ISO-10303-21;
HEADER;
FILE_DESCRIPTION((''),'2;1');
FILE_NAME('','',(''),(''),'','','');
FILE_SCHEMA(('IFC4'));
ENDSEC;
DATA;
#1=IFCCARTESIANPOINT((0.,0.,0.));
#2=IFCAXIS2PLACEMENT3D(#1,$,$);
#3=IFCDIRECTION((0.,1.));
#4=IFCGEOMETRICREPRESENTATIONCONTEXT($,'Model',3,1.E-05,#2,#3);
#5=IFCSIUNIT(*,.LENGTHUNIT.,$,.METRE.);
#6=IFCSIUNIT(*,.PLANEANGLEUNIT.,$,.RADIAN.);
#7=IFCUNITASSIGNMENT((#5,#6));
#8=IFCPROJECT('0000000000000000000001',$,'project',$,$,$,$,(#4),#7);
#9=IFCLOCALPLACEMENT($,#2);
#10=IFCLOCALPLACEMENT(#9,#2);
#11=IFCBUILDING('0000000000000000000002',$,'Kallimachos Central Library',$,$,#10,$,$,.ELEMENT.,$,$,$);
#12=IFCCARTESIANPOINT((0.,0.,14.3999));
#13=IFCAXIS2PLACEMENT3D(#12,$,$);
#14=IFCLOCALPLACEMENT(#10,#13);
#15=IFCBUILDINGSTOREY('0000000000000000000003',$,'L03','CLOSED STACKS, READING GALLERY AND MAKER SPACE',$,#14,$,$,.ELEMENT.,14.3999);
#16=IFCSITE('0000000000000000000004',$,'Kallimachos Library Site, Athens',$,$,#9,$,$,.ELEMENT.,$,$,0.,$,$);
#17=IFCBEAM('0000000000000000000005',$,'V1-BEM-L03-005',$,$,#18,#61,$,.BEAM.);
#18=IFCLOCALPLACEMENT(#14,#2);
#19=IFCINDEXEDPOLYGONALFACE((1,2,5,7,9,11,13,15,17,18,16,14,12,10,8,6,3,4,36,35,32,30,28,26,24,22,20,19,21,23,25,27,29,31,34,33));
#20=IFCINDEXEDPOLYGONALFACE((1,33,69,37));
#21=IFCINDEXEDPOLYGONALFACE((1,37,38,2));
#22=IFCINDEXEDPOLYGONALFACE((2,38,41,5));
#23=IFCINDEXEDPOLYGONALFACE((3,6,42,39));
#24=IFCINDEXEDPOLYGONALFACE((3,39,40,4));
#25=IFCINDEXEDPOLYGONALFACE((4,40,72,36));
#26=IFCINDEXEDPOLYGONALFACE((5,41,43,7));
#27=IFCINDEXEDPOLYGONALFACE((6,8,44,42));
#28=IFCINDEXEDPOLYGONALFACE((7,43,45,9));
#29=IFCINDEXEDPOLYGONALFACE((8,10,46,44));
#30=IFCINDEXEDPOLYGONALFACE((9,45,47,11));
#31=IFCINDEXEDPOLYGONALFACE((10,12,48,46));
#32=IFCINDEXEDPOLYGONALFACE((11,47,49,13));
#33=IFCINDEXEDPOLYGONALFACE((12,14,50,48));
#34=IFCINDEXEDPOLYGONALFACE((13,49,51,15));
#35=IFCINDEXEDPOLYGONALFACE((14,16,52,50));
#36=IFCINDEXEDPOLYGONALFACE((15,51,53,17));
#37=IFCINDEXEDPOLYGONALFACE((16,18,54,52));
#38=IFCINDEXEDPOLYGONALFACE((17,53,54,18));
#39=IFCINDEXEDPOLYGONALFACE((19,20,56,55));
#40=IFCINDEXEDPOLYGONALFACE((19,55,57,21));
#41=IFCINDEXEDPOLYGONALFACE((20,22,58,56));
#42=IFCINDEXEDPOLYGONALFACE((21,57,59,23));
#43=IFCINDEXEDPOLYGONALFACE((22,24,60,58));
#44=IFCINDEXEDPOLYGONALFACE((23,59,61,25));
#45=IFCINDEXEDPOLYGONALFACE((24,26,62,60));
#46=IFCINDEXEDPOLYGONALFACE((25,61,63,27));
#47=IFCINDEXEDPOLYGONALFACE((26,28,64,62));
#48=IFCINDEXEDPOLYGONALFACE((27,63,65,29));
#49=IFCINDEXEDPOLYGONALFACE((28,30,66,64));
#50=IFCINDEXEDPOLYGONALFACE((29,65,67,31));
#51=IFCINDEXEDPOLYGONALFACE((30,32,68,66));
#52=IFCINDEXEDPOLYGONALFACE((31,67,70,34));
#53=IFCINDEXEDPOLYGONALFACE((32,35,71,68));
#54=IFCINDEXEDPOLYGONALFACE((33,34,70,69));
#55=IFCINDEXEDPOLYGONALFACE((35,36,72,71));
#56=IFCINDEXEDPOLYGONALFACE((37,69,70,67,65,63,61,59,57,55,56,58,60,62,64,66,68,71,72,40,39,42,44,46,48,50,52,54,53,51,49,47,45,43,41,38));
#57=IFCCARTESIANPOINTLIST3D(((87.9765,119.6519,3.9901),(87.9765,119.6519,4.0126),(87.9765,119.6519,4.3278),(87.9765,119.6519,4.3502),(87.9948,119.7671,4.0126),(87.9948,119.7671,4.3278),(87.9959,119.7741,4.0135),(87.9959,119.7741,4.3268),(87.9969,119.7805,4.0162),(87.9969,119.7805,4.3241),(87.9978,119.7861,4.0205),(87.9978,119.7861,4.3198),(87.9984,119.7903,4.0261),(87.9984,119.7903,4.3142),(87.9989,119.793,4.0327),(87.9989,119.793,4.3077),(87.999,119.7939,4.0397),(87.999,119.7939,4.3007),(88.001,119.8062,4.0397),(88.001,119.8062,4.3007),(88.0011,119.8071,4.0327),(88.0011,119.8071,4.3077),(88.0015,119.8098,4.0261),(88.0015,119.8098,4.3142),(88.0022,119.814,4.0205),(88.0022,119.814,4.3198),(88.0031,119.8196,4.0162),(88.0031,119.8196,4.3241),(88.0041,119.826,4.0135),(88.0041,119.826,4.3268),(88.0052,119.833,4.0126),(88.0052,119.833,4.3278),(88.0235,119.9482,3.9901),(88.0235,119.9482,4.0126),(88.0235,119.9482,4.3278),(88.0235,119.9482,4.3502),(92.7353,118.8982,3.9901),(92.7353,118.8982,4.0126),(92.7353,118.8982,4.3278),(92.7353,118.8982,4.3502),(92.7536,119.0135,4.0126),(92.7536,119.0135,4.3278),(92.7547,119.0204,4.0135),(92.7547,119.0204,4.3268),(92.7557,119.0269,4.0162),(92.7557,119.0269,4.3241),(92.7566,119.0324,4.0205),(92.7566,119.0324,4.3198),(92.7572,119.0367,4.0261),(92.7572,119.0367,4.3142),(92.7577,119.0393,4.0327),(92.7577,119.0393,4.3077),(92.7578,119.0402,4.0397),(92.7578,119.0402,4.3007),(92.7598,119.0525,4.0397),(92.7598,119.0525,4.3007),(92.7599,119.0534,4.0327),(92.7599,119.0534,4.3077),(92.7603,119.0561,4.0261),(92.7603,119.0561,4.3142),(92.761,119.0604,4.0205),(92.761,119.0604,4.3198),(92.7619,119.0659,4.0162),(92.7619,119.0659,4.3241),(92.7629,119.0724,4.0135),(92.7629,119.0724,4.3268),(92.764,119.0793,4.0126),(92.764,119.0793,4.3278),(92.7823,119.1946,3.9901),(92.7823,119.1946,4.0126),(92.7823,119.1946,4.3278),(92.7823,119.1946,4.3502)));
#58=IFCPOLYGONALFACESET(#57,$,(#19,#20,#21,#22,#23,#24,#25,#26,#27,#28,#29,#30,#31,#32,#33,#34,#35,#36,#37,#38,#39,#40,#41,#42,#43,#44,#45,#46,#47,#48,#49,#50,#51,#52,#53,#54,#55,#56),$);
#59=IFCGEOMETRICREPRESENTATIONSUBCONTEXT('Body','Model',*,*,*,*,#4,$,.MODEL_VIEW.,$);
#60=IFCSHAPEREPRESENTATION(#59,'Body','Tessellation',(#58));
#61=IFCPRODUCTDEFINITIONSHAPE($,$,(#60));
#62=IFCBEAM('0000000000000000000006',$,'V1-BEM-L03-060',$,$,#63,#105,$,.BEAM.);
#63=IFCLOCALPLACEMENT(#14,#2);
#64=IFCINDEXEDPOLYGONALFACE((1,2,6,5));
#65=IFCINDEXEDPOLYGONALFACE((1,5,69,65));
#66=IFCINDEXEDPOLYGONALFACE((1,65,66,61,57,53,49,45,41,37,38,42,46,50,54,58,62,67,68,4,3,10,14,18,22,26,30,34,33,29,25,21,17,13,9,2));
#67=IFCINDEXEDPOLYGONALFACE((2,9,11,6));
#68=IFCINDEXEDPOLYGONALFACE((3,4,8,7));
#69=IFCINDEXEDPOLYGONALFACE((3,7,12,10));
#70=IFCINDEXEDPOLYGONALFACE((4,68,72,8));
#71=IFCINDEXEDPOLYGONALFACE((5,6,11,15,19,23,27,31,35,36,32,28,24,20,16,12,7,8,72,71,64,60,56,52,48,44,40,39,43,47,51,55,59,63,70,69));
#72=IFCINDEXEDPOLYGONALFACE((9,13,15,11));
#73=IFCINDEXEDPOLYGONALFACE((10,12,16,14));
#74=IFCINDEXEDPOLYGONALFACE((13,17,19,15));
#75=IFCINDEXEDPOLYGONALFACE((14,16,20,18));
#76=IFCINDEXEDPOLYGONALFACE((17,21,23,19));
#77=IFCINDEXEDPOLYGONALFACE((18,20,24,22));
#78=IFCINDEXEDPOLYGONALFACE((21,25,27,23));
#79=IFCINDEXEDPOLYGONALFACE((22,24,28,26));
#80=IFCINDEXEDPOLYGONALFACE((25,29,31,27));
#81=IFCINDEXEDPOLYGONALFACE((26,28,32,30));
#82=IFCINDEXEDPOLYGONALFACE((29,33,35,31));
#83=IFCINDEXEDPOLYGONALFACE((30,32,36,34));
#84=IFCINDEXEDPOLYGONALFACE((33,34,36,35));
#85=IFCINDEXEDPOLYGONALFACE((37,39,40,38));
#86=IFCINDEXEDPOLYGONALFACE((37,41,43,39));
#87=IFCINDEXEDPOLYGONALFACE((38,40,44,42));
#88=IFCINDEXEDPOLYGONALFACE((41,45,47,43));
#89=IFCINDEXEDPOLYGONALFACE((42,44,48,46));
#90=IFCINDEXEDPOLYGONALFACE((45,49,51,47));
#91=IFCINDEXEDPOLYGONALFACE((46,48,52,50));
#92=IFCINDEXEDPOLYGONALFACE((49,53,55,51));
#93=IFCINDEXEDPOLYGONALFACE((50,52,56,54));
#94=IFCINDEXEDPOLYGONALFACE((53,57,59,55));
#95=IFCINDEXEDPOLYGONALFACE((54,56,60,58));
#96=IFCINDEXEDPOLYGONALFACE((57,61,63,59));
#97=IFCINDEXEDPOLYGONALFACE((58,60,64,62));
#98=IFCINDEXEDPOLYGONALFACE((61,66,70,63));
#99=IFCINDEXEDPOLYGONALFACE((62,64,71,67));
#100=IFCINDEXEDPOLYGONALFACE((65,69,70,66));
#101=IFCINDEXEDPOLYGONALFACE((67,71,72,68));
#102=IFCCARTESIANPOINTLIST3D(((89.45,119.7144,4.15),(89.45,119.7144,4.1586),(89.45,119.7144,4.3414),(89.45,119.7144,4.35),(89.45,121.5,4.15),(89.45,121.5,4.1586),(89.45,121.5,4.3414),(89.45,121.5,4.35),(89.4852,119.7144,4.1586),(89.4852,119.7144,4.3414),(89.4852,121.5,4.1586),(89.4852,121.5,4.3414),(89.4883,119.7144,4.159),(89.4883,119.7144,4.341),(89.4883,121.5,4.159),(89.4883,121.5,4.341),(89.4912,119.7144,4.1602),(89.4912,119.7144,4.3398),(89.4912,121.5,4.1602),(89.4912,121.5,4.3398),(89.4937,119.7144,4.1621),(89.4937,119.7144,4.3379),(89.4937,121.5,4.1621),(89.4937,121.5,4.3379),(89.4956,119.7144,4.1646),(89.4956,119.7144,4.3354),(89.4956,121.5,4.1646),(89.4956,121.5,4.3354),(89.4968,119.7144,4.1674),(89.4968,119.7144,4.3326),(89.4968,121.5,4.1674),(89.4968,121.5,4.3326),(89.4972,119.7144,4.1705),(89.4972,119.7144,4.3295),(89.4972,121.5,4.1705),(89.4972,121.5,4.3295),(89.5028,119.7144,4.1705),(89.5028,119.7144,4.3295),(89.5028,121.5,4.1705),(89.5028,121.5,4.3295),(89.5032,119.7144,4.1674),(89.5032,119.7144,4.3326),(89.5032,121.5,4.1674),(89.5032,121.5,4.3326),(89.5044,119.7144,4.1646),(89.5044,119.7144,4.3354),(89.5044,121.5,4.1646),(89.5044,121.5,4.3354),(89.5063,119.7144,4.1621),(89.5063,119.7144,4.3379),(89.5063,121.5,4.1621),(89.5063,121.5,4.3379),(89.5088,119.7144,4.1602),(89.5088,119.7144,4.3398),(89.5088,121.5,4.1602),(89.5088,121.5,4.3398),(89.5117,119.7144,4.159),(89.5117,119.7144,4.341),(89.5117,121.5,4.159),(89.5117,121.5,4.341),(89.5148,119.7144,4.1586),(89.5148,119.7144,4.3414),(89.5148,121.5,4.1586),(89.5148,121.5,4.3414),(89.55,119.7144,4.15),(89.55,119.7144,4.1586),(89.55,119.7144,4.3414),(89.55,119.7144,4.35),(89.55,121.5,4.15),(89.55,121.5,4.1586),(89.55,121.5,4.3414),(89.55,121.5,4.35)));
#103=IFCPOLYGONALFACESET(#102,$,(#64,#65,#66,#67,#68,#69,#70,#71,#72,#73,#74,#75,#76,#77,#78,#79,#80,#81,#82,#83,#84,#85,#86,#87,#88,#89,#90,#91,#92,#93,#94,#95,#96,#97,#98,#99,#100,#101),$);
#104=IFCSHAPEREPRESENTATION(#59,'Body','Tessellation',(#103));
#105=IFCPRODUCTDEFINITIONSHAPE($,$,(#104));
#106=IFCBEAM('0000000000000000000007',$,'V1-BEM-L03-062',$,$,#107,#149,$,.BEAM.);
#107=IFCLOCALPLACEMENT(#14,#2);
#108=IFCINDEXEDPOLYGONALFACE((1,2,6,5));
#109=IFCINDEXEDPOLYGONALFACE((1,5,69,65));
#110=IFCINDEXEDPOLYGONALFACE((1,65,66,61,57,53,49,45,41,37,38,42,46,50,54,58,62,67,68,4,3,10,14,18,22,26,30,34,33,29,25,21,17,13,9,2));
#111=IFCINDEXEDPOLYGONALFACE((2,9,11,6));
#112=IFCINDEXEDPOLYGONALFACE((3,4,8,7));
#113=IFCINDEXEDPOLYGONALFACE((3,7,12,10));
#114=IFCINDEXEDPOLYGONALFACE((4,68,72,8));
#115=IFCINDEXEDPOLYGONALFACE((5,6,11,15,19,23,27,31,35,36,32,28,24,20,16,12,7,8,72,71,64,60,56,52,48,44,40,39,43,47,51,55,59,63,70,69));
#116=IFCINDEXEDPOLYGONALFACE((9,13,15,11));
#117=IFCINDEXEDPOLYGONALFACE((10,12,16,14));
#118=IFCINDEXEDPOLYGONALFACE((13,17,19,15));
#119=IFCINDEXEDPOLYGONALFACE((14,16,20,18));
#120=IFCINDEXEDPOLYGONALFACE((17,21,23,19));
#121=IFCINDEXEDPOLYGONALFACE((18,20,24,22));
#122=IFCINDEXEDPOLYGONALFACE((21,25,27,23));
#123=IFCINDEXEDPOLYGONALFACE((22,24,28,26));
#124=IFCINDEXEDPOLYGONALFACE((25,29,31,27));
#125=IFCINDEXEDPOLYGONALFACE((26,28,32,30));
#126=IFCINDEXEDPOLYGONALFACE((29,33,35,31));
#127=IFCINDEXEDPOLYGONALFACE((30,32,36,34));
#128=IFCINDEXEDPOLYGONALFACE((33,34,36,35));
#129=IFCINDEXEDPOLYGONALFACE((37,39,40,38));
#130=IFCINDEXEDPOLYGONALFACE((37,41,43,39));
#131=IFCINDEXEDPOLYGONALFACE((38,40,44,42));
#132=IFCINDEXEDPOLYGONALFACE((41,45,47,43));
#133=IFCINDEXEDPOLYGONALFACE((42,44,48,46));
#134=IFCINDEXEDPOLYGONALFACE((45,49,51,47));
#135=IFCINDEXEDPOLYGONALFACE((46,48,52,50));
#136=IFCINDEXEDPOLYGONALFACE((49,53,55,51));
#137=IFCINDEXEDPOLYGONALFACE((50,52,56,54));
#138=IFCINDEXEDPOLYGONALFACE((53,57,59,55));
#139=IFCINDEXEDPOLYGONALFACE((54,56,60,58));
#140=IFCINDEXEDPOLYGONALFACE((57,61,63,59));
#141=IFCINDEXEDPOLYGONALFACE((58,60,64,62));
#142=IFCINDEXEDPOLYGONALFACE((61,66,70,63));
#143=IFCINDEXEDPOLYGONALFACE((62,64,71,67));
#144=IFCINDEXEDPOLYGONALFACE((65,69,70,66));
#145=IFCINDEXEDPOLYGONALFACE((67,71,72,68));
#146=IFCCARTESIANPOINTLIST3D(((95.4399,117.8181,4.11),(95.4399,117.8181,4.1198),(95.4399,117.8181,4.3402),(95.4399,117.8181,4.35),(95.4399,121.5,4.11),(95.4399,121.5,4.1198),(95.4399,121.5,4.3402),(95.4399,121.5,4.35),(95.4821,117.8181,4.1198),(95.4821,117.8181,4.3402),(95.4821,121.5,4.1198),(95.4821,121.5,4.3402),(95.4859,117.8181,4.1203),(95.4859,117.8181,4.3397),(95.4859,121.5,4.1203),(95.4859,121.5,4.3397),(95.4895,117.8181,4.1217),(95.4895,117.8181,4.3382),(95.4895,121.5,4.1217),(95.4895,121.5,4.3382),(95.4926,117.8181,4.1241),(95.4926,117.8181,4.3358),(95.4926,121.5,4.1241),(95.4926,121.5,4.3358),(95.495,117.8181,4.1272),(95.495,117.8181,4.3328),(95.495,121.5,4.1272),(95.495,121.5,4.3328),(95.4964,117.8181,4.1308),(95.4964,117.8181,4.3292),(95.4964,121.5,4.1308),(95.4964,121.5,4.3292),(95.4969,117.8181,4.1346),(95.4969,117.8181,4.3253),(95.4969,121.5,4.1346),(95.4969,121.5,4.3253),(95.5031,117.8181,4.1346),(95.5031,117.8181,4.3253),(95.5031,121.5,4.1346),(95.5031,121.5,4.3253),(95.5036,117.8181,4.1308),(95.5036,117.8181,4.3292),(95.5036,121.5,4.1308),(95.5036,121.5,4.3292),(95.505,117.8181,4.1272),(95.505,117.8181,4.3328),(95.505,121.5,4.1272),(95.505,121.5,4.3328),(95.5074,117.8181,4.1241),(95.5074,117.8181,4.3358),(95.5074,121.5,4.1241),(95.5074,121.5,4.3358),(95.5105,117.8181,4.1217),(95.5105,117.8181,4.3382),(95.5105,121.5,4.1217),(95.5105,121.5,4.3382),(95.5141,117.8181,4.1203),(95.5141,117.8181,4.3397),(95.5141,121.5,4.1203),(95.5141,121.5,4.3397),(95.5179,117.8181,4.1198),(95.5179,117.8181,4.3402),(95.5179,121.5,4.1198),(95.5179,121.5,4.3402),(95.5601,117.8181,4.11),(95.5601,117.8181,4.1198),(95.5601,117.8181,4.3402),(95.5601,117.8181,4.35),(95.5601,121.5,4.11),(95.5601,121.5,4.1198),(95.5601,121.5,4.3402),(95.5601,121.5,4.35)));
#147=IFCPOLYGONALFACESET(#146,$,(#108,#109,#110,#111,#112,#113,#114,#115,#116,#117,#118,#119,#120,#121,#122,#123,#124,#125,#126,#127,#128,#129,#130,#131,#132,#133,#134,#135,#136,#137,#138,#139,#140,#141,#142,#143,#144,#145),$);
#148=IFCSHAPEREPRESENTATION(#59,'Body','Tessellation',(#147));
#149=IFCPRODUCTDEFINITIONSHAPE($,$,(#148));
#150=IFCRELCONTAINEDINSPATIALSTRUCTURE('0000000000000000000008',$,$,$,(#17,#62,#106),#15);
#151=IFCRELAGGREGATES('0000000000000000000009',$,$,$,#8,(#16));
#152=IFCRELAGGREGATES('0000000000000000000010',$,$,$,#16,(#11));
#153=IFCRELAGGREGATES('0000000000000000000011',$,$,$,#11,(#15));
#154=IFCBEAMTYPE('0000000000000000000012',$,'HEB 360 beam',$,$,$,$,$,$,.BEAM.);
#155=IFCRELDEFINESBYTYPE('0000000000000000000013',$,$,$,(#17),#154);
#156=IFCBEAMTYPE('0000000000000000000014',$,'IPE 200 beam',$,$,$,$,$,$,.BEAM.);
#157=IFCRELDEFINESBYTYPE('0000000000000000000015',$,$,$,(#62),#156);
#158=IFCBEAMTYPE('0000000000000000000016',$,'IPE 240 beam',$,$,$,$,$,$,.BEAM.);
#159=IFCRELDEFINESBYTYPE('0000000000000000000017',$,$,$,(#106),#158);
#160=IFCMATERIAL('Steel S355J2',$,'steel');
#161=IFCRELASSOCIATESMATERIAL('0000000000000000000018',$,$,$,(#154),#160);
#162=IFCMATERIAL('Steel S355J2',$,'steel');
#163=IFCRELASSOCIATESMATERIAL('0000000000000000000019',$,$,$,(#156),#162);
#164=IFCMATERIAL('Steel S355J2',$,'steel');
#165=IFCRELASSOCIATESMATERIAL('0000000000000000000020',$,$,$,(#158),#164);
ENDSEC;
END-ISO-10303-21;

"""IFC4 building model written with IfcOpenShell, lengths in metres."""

from ifc_helpers import new_model, si_unit, direction, frame, origin, origin_2d, place, context, subcontext, project, spatial, i_section, extrude, material, material_profile, profile_set, type_object, element, save


model = new_model("IFC4")

# Units and contexts
model_context = context("Model", 3, precision=1e-05, world=origin(), true_north=direction((0.0, 1.0)))
body_context = subcontext(model_context, "Body", "Model", "MODEL_VIEW")
ifc_project = project(units=[si_unit("LENGTHUNIT", "METRE"), si_unit("PLANEANGLEUNIT", "RADIAN")], contexts=[model_context])

# Site, building, storey
site_placement = place(None, origin())
site = spatial("IfcSite", under=ifc_project, at=site_placement, Name="Kallimachos Library Site, Athens", CompositionType="ELEMENT", RefElevation=0.0)
building_placement = place(site_placement, origin())
building = spatial("IfcBuilding", under=site, at=building_placement, Name="Kallimachos Central Library", CompositionType="ELEMENT")
storey_placement = place(building_placement, frame((0.0, 0.0, 14.3999)))
storey = spatial("IfcBuildingStorey", under=building, at=storey_placement, Name="L03", Description="CLOSED STACKS, READING GALLERY AND MAKER SPACE", CompositionType="ELEMENT", Elevation=14.3999)

# Beams
ifc_material_1 = material(Name="Steel S355J2", Category="steel")
ifc_material_profile_1 = material_profile(ifc_material_1, i_section(OverallWidth=0.3, OverallDepth=0.3601, WebThickness=0.0125, FlangeThickness=0.0225, FilletRadius=0.0271, at=origin_2d()), Name="HEB 360")
ifc_profile_set_1 = profile_set([ifc_material_profile_1], Name="Steel S355J2")
beam_type_1 = type_object("IfcBeamType", Name="HEB 360 beam", PredefinedType="BEAM", material=ifc_profile_set_1)
beam_1_placement = place(storey_placement, frame((92.7588, 119.0464, 4.1702), z_axis=(-0.98769, 0.156423, 0.0), x_axis=(-0.156423, -0.98769, 0.0)))
element("IfcBeam", 1, at=beam_1_placement, inside=storey, type_object=beam_type_1, Name="V1-BEM-L03-005", PredefinedType="BEAM", context=body_context, shape_type="SweptSolid", body=[
    extrude(i_section(OverallWidth=0.3, OverallDepth=0.3601, WebThickness=0.0125, FlangeThickness=0.0225, FilletRadius=0.0271, at=origin_2d()), origin(), (0.0, 0.0, 1.0), 4.8181),
])
ifc_material_2 = material(Name="Steel S355J2", Category="steel")
ifc_material_profile_2 = material_profile(ifc_material_2, i_section(OverallWidth=0.1001, OverallDepth=0.2, WebThickness=0.0056, FlangeThickness=0.0085, FilletRadius=0.012, at=origin_2d()), Name="IPE 200")
ifc_profile_set_2 = profile_set([ifc_material_profile_2], Name="Steel S355J2")
beam_type_2 = type_object("IfcBeamType", Name="IPE 200 beam", PredefinedType="BEAM", material=ifc_profile_set_2)
beam_2_placement = place(storey_placement, frame((89.5, 119.7144, 4.25), z_axis=(0.0, 1.0, 0.0), x_axis=(-1.0, 0.0, 0.0)))
element("IfcBeam", 2, at=beam_2_placement, inside=storey, type_object=beam_type_2, Name="V1-BEM-L03-060", PredefinedType="BEAM", context=body_context, shape_type="SweptSolid", body=[
    extrude(i_section(OverallWidth=0.1001, OverallDepth=0.2, WebThickness=0.0056, FlangeThickness=0.0085, FilletRadius=0.012, at=origin_2d()), origin(), (0.0, 0.0, 1.0), 1.7856),
])
ifc_material_3 = material(Name="Steel S355J2", Category="steel")
ifc_material_profile_3 = material_profile(ifc_material_3, i_section(OverallWidth=0.1201, OverallDepth=0.24, WebThickness=0.0061, FlangeThickness=0.0098, FilletRadius=0.0149, at=origin_2d()), Name="IPE 240")
ifc_profile_set_3 = profile_set([ifc_material_profile_3], Name="Steel S355J2")
beam_type_3 = type_object("IfcBeamType", Name="IPE 240 beam", PredefinedType="BEAM", material=ifc_profile_set_3)
beam_3_placement = place(storey_placement, frame((95.5, 117.8181, 4.23), z_axis=(0.0, 1.0, 0.0), x_axis=(-1.0, 0.0, 0.0)))
element("IfcBeam", 3, at=beam_3_placement, inside=storey, type_object=beam_type_3, Name="V1-BEM-L03-062", PredefinedType="BEAM", context=body_context, shape_type="SweptSolid", body=[
    extrude(i_section(OverallWidth=0.1201, OverallDepth=0.24, WebThickness=0.0061, FlangeThickness=0.0098, FilletRadius=0.0149, at=origin_2d()), origin(), (0.0, 0.0, 1.0), 3.6819),
])

save(model, "model.ifc")
